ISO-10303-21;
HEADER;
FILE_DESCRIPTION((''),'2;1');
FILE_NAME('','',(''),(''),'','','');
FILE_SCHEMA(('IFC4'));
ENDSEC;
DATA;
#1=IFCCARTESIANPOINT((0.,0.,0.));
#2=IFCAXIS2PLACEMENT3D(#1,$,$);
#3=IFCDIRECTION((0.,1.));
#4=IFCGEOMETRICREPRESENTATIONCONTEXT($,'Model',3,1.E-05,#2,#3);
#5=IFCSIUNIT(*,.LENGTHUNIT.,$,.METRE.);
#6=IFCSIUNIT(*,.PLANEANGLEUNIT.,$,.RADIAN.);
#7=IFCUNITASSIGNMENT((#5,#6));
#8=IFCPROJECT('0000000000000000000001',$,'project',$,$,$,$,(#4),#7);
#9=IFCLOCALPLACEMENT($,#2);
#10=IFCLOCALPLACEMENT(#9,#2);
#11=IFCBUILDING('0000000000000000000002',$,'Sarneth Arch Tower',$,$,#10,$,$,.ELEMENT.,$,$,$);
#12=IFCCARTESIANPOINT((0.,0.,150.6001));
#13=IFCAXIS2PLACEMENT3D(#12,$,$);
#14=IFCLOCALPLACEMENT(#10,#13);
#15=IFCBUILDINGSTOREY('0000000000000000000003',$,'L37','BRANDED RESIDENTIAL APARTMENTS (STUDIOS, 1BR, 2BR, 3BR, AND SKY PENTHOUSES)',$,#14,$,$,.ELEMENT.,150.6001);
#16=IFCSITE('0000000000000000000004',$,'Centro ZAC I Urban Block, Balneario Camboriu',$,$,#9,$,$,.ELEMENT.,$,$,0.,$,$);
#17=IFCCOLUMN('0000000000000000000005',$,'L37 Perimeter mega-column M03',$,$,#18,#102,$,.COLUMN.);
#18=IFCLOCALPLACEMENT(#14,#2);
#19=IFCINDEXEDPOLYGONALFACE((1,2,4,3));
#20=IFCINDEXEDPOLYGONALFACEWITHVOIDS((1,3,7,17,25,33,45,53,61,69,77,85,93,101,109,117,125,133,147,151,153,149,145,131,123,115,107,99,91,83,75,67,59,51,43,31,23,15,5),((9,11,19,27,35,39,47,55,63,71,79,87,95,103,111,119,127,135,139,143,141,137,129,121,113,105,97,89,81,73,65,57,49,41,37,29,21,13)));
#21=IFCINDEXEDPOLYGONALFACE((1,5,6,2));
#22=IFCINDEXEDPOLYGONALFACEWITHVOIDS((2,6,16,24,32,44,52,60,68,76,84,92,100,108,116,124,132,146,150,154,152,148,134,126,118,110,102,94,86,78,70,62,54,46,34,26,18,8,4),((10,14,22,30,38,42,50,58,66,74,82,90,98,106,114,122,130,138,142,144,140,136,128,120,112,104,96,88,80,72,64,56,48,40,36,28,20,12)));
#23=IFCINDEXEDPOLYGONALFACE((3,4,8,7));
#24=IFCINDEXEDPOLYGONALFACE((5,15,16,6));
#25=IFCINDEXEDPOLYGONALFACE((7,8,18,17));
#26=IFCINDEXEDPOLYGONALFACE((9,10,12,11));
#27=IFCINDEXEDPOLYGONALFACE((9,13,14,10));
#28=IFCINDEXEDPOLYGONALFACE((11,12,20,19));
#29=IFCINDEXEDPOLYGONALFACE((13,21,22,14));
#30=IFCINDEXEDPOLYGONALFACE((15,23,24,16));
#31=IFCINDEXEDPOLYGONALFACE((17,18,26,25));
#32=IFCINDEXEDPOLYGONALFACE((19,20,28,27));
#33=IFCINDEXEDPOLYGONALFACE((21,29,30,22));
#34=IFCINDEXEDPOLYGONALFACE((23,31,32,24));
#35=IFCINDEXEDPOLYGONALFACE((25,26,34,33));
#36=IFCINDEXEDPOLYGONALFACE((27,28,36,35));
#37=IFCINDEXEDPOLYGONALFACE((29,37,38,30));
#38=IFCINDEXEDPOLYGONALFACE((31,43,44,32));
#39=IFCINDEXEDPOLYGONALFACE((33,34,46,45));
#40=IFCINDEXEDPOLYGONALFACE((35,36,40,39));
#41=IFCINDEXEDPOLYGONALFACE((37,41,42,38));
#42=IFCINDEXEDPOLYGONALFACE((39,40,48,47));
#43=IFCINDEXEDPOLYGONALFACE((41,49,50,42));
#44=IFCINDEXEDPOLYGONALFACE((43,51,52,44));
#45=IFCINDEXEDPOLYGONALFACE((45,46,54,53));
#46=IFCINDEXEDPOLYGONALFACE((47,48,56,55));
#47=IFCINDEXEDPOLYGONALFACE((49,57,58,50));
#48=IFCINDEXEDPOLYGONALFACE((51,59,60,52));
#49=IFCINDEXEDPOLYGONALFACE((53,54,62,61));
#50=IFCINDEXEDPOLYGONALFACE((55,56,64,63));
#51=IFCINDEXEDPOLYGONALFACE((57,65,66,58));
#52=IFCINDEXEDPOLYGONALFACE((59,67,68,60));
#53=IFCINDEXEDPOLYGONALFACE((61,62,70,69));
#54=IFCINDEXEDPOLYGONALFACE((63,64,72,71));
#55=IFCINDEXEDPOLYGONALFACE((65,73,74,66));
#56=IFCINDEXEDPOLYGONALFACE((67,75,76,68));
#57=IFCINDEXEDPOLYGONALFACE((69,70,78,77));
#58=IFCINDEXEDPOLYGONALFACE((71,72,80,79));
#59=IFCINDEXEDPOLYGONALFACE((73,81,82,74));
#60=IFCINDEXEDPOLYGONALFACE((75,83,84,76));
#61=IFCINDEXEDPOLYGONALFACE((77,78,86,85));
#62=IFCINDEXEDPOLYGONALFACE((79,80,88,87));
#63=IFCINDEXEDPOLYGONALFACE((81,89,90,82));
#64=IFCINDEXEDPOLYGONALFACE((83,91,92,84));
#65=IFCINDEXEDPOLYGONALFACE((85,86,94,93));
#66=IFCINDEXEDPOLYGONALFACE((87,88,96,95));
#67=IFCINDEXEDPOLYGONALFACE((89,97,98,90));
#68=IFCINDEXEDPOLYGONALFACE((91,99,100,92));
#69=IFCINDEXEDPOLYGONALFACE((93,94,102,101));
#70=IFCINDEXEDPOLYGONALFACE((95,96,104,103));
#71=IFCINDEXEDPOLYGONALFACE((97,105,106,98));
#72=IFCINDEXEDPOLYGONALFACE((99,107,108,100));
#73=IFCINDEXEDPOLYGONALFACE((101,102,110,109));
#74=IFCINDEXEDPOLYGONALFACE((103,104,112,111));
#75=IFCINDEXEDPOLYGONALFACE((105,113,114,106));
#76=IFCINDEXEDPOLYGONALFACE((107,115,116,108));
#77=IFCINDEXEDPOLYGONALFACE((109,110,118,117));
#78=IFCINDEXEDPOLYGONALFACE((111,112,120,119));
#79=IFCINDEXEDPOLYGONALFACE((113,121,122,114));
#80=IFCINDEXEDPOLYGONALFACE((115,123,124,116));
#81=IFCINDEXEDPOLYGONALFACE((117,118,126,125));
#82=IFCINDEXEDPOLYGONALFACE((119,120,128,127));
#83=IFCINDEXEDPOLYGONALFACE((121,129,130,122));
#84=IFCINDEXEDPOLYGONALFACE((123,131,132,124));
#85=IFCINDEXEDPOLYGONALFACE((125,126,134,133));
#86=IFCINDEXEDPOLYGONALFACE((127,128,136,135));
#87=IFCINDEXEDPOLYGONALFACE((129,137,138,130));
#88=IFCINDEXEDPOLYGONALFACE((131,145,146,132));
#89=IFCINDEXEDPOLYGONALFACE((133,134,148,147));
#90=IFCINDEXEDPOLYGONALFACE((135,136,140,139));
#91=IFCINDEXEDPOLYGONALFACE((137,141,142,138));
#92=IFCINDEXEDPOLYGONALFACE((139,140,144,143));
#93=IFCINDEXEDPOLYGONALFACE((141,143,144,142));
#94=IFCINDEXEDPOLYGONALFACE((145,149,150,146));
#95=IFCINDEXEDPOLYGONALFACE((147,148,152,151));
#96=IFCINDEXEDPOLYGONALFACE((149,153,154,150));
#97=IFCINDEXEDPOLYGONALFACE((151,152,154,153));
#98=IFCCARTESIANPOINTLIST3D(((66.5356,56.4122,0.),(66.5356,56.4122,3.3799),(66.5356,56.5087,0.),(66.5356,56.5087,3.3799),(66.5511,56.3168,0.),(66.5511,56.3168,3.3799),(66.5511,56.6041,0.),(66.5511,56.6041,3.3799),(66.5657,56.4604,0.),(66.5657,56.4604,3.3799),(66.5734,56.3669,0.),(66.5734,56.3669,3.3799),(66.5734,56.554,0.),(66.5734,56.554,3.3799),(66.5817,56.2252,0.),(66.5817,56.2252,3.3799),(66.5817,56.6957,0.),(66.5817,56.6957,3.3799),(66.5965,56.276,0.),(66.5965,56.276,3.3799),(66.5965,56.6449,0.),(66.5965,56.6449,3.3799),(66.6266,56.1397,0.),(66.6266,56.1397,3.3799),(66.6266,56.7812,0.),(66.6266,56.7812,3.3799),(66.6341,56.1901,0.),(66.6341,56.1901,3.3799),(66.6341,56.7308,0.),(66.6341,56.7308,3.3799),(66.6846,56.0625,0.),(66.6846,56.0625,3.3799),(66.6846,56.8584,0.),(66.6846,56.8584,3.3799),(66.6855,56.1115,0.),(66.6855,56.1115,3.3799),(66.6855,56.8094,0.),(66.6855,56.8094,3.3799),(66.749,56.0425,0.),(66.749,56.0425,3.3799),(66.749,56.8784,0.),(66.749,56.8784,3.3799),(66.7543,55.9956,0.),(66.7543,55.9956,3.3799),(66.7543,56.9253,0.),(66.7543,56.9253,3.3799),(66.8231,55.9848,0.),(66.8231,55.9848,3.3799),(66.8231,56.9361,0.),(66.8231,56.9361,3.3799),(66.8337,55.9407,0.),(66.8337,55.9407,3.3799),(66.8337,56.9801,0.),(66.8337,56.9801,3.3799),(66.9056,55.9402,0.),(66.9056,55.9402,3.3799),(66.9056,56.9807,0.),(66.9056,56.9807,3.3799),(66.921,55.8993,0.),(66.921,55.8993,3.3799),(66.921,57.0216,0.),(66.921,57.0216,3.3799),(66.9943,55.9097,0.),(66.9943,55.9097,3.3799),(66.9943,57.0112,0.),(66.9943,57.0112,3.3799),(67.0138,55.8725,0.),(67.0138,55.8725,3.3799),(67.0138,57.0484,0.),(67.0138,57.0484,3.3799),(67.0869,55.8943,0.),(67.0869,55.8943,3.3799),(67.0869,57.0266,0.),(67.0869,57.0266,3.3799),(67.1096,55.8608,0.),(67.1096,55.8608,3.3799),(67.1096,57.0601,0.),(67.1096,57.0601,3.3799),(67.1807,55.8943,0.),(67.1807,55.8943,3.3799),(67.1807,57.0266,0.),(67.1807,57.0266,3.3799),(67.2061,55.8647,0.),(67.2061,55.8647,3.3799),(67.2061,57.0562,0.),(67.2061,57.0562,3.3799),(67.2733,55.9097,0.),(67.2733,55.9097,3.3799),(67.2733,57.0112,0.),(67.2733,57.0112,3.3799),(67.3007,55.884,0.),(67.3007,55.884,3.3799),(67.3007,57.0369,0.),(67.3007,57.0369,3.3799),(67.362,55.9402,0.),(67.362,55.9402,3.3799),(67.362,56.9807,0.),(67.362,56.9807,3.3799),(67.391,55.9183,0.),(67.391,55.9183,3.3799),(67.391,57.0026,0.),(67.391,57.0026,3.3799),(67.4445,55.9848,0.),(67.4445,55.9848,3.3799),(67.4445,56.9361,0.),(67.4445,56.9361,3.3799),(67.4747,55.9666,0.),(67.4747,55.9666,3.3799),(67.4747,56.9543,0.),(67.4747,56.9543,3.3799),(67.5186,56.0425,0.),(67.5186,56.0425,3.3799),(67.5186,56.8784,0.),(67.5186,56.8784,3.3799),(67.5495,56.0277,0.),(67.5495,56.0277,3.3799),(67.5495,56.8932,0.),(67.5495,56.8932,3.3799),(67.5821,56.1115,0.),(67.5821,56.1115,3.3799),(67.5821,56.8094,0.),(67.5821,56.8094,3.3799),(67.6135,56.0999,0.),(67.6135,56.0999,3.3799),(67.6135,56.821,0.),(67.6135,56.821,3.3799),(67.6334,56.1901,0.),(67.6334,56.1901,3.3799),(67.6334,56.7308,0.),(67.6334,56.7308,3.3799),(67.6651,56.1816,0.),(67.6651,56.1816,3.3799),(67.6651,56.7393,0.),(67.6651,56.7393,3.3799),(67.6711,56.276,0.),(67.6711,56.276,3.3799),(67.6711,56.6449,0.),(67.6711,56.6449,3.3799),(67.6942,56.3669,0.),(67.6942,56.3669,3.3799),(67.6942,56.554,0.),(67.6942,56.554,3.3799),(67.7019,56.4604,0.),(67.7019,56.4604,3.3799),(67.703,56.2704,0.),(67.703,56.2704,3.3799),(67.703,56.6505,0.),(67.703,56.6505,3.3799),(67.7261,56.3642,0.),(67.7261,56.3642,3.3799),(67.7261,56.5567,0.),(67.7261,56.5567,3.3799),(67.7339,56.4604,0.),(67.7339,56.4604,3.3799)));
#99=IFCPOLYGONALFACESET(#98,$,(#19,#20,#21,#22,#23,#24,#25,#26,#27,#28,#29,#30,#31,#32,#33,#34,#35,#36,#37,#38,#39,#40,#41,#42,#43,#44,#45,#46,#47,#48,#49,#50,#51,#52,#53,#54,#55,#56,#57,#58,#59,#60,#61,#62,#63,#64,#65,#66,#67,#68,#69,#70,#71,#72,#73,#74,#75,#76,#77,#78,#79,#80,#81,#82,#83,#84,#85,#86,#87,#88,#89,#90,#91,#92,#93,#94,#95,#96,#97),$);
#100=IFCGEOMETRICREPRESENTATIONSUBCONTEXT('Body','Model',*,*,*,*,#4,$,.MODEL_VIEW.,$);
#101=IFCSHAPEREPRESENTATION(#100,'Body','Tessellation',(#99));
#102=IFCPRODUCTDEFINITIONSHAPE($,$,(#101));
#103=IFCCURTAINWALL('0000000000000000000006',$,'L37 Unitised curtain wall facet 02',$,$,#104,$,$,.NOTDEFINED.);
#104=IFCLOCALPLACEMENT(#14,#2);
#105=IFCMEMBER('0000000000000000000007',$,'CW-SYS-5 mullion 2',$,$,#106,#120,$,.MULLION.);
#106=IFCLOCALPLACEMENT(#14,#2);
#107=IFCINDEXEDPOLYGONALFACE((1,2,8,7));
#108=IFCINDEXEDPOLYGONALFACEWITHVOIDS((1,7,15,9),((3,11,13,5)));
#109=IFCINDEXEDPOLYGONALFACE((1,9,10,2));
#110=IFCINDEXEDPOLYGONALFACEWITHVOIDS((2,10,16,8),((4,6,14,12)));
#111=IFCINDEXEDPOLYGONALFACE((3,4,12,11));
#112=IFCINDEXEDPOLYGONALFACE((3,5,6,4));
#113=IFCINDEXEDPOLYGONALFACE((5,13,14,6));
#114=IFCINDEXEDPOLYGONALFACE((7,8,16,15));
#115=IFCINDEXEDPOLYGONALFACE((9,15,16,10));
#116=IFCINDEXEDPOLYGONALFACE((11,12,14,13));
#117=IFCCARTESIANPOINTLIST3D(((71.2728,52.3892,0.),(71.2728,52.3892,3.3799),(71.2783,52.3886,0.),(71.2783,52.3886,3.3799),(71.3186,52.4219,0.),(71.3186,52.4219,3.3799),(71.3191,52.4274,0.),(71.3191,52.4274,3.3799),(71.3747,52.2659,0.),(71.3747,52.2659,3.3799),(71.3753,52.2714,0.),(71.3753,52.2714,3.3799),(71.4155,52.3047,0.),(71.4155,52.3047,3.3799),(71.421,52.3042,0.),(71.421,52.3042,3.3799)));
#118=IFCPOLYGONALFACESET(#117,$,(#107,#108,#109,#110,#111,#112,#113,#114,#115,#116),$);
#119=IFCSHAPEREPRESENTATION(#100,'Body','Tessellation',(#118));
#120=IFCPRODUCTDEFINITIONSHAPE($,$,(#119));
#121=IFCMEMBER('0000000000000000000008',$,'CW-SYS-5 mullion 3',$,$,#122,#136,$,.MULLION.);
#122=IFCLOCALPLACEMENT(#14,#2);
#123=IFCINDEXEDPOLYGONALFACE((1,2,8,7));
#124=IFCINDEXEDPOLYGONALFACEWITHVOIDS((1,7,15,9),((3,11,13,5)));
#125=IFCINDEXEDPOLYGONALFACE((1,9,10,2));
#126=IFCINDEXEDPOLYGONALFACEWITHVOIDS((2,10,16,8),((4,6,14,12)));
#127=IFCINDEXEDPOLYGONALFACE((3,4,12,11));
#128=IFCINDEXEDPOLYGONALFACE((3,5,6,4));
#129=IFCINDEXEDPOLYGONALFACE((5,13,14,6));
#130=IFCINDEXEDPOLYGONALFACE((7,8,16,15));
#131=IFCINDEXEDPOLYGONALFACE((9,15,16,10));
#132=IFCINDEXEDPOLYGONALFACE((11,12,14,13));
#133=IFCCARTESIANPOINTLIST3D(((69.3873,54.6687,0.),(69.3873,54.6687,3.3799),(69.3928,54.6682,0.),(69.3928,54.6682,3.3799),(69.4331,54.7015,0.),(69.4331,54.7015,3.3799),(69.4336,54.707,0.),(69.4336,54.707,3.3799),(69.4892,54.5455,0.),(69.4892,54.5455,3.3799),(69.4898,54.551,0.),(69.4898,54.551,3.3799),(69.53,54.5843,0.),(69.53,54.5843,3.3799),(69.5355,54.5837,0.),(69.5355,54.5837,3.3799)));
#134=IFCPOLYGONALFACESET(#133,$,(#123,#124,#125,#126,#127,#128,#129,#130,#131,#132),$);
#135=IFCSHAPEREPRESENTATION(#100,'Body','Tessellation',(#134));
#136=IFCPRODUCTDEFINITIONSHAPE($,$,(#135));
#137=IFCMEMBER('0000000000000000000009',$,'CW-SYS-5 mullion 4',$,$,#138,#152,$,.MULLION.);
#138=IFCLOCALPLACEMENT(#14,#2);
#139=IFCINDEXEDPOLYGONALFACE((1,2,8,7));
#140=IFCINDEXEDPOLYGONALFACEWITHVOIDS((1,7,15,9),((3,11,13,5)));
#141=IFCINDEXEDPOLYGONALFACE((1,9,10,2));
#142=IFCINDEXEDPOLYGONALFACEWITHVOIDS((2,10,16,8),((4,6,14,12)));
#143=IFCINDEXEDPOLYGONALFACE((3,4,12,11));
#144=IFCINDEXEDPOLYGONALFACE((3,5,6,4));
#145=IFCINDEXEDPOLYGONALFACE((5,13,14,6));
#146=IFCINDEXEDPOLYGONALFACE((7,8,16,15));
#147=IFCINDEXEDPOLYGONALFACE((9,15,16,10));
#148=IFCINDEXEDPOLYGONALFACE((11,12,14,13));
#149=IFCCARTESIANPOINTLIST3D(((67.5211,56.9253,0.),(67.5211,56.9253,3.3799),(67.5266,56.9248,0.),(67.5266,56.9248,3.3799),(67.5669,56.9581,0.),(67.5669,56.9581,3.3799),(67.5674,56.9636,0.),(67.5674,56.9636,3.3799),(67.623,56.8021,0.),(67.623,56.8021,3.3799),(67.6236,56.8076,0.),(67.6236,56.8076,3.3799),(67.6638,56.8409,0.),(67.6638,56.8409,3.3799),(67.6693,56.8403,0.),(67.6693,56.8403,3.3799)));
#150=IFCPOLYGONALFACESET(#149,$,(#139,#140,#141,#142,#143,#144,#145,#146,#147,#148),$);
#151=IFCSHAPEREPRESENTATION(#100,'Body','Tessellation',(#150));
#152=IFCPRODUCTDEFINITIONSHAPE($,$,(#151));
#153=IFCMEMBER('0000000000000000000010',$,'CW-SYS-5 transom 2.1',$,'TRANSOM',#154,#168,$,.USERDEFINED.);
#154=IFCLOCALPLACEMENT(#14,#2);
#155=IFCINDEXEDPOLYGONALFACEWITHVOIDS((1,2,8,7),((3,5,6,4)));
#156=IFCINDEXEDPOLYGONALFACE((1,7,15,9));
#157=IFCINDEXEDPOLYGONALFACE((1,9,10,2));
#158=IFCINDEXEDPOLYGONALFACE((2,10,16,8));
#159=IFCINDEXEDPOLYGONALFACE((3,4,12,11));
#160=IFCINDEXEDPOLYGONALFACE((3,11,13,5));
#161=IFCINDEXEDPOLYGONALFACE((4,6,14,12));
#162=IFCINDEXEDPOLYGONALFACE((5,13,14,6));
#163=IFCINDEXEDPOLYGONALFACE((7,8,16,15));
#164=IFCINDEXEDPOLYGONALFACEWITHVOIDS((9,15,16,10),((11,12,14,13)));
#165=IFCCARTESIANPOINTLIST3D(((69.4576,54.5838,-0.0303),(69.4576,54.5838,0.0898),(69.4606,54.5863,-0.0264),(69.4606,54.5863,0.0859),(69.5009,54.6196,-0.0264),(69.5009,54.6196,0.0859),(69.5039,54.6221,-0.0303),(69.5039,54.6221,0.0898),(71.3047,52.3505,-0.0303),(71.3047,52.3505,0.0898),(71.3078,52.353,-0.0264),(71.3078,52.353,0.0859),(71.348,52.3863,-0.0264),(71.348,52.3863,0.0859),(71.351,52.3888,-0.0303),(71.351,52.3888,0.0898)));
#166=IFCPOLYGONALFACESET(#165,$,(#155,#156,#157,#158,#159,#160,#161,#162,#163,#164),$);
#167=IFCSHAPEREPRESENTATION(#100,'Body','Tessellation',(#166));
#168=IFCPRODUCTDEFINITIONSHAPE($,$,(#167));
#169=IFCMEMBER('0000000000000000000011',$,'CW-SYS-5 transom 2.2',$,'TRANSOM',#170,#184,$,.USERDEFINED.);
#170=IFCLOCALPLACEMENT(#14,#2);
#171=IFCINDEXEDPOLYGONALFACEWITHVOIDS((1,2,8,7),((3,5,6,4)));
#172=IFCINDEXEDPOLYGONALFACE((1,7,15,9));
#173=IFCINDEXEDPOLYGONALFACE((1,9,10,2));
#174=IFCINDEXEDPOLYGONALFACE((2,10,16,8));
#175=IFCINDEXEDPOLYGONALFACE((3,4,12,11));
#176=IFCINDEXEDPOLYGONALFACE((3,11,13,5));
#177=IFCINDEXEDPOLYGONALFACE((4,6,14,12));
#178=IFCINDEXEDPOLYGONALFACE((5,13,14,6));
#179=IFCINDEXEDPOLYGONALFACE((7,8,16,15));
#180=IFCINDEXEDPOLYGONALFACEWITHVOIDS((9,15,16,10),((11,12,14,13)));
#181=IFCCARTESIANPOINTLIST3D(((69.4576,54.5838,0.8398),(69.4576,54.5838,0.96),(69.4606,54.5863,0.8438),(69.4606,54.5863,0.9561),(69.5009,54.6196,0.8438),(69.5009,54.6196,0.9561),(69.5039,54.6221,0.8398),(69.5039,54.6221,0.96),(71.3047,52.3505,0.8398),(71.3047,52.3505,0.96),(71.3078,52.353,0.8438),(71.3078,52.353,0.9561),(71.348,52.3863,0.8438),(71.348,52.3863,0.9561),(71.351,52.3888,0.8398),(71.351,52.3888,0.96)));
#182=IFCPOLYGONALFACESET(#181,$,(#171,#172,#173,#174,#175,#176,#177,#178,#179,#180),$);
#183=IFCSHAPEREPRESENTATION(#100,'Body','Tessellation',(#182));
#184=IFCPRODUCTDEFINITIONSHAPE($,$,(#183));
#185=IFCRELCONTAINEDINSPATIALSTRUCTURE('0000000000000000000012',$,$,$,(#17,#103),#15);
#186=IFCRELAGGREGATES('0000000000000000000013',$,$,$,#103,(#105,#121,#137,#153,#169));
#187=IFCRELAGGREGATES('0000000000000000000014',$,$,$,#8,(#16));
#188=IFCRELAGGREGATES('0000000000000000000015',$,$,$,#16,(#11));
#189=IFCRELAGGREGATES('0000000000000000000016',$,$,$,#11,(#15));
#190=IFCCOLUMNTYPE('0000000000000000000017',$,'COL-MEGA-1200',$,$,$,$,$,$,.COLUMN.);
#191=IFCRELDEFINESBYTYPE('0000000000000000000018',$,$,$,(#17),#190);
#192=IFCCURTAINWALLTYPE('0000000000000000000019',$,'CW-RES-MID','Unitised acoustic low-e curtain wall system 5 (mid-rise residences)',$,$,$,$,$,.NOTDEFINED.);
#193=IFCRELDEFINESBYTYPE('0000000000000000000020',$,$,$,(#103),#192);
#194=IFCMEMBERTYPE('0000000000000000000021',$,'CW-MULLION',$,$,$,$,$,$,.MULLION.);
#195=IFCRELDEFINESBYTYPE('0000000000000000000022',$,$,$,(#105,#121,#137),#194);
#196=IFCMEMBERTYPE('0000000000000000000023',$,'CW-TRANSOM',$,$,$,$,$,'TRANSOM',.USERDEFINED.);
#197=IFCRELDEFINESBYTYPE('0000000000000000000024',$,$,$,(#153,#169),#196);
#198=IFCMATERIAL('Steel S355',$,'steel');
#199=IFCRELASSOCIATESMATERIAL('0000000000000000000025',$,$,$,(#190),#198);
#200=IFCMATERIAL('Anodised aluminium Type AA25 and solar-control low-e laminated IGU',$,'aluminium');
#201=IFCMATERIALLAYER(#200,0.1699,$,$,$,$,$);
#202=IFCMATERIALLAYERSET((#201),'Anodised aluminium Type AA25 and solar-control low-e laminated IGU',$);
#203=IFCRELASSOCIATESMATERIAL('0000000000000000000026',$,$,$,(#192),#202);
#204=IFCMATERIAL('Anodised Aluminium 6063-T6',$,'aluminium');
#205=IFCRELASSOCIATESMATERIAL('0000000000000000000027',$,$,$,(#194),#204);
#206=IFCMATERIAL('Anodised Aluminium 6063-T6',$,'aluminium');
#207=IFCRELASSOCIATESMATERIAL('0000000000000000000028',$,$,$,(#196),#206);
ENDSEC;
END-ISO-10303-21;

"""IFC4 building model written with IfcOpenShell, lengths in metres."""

from ifc_helpers import new_model, si_unit, direction, frame, origin, origin_2d, place, context, subcontext, project, spatial, hollow_rectangle, hollow_circle, extrude, material, layer, layer_set, material_profile, profile_set, type_object, element, aggregate, save


model = new_model("IFC4")

# Units and contexts
model_context = context("Model", 3, precision=1e-05, world=origin(), true_north=direction((0.0, 1.0)))
body_context = subcontext(model_context, "Body", "Model", "MODEL_VIEW")
ifc_project = project(units=[si_unit("LENGTHUNIT", "METRE"), si_unit("PLANEANGLEUNIT", "RADIAN")], contexts=[model_context])

# Site, building, storey
site_placement = place(None, origin())
site = spatial("IfcSite", under=ifc_project, at=site_placement, Name="Centro ZAC I Urban Block, Balneario Camboriu", CompositionType="ELEMENT", RefElevation=0.0)
building_placement = place(site_placement, origin())
building = spatial("IfcBuilding", under=site, at=building_placement, Name="Sarneth Arch Tower", CompositionType="ELEMENT")
storey_placement = place(building_placement, frame((0.0, 0.0, 150.6001)))
storey = spatial("IfcBuildingStorey", under=building, at=storey_placement, Name="L37", Description="BRANDED RESIDENTIAL APARTMENTS (STUDIOS, 1BR, 2BR, 3BR, AND SKY PENTHOUSES)", CompositionType="ELEMENT", Elevation=150.6001)

# Column
ifc_material_1 = material(Name="Steel S355", Category="steel")
ifc_material_profile_1 = material_profile(ifc_material_1, hollow_circle(Radius=0.6001, WallThickness=0.032, at=origin_2d()), Name="CHS1200x32")
ifc_profile_set_1 = profile_set([ifc_material_profile_1], Name="Steel S355")
column_type = type_object("IfcColumnType", Name="COL-MEGA-1200", PredefinedType="COLUMN", material=ifc_profile_set_1)
column_placement = place(storey_placement, frame((67.1338, 56.4604, 0.0), z_axis=(0.0, 0.0, 1.0), x_axis=(1.0, 0.0, 0.0)))
element("IfcColumn", 1, at=column_placement, inside=storey, type_object=column_type, Name="L37 Perimeter mega-column M03", PredefinedType="COLUMN", context=body_context, shape_type="SweptSolid", body=[
    extrude(hollow_circle(Radius=0.6001, WallThickness=0.032, at=origin_2d()), origin(), (0.0, 0.0, 1.0), 3.3799),
])

# Curtain wall, members
ifc_material_2 = material(Name="Anodised aluminium Type AA25 and solar-control low-e laminated IGU", Category="aluminium")
ifc_layer_1 = layer(ifc_material_2, 0.1699)
ifc_layer_set_1 = layer_set([ifc_layer_1], Name="Anodised aluminium Type AA25 and solar-control low-e laminated IGU")
curtain_wall_type = type_object("IfcCurtainWallType", Name="CW-RES-MID", Description="Unitised acoustic low-e curtain wall system 5 (mid-rise residences)", PredefinedType="NOTDEFINED", material=ifc_layer_set_1)
curtain_wall_placement = place(storey_placement, origin())
curtain_wall = element("IfcCurtainWall", 2, at=curtain_wall_placement, inside=storey, type_object=curtain_wall_type, Name="L37 Unitised curtain wall facet 02", PredefinedType="NOTDEFINED")
ifc_material_3 = material(Name="Anodised Aluminium 6063-T6", Category="aluminium")
ifc_material_profile_2 = material_profile(ifc_material_3, hollow_rectangle(XDim=0.0601, YDim=0.1599, WallThickness=0.0039, at=origin_2d()), Name="AL-MULL-160x60x4")
ifc_profile_set_2 = profile_set([ifc_material_profile_2], Name="Anodised Aluminium 6063-T6")
member_type_1 = type_object("IfcMemberType", Name="CW-MULLION", PredefinedType="MULLION", material=ifc_profile_set_2)
member_1_placement = place(storey_placement, frame((71.3469, 52.3467, 0.0), z_axis=(0.0, 0.0, 1.0), x_axis=(-0.770591, -0.63733, 0.0)))
member_1 = element("IfcMember", 3, at=member_1_placement, type_object=member_type_1, Name="CW-SYS-5 mullion 2", PredefinedType="MULLION", context=body_context, shape_type="SweptSolid", body=[
    extrude(hollow_rectangle(XDim=0.0601, YDim=0.1599, WallThickness=0.0039, at=origin_2d()), origin(), (0.0, 0.0, 1.0), 3.3799),
])
member_2_placement = place(storey_placement, frame((69.4614, 54.6262, 0.0), z_axis=(0.0, 0.0, 1.0), x_axis=(-0.770591, -0.63733, 0.0)))
member_2 = element("IfcMember", 4, at=member_2_placement, type_object=member_type_1, Name="CW-SYS-5 mullion 3", PredefinedType="MULLION", context=body_context, shape_type="SweptSolid", body=[
    extrude(hollow_rectangle(XDim=0.0601, YDim=0.1599, WallThickness=0.0039, at=origin_2d()), origin(), (0.0, 0.0, 1.0), 3.3799),
])
member_3_placement = place(storey_placement, frame((67.5952, 56.8828, 0.0), z_axis=(0.0, 0.0, 1.0), x_axis=(-0.770591, -0.63733, 0.0)))
member_3 = element("IfcMember", 5, at=member_3_placement, type_object=member_type_1, Name="CW-SYS-5 mullion 4", PredefinedType="MULLION", context=body_context, shape_type="SweptSolid", body=[
    extrude(hollow_rectangle(XDim=0.0601, YDim=0.1599, WallThickness=0.0039, at=origin_2d()), origin(), (0.0, 0.0, 1.0), 3.3799),
])
ifc_material_4 = material(Name="Anodised Aluminium 6063-T6", Category="aluminium")
ifc_material_profile_3 = material_profile(ifc_material_4, hollow_rectangle(XDim=0.0601, YDim=0.1201, WallThickness=0.0039, at=origin_2d()), Name="AL-TRAN-120x60x4")
ifc_profile_set_3 = profile_set([ifc_material_profile_3], Name="Anodised Aluminium 6063-T6")
member_type_2 = type_object("IfcMemberType", Name="CW-TRANSOM", ElementType="TRANSOM", PredefinedType="USERDEFINED", material=ifc_profile_set_3)
member_4_placement = place(storey_placement, frame((71.3279, 52.3696, 0.0298), z_axis=(-0.63733, 0.770591, 0.0), x_axis=(-0.770591, -0.63733, 0.0)))
member_4 = element("IfcMember", 6, at=member_4_placement, type_object=member_type_2, Name="CW-SYS-5 transom 2.1", ObjectType="TRANSOM", PredefinedType="USERDEFINED", context=body_context, shape_type="SweptSolid", body=[
    extrude(hollow_rectangle(XDim=0.0601, YDim=0.1201, WallThickness=0.0039, at=origin_2d()), origin(), (0.0, 0.0, 1.0), 2.8982),
])
member_5_placement = place(storey_placement, frame((71.3279, 52.3696, 0.8999), z_axis=(-0.63733, 0.770591, 0.0), x_axis=(-0.770591, -0.63733, 0.0)))
member_5 = element("IfcMember", 7, at=member_5_placement, type_object=member_type_2, Name="CW-SYS-5 transom 2.2", ObjectType="TRANSOM", PredefinedType="USERDEFINED", context=body_context, shape_type="SweptSolid", body=[
    extrude(hollow_rectangle(XDim=0.0601, YDim=0.1201, WallThickness=0.0039, at=origin_2d()), origin(), (0.0, 0.0, 1.0), 2.8982),
])

aggregate(curtain_wall, [member_1, member_2, member_3, member_4, member_5])

save(model, "model.ifc")
